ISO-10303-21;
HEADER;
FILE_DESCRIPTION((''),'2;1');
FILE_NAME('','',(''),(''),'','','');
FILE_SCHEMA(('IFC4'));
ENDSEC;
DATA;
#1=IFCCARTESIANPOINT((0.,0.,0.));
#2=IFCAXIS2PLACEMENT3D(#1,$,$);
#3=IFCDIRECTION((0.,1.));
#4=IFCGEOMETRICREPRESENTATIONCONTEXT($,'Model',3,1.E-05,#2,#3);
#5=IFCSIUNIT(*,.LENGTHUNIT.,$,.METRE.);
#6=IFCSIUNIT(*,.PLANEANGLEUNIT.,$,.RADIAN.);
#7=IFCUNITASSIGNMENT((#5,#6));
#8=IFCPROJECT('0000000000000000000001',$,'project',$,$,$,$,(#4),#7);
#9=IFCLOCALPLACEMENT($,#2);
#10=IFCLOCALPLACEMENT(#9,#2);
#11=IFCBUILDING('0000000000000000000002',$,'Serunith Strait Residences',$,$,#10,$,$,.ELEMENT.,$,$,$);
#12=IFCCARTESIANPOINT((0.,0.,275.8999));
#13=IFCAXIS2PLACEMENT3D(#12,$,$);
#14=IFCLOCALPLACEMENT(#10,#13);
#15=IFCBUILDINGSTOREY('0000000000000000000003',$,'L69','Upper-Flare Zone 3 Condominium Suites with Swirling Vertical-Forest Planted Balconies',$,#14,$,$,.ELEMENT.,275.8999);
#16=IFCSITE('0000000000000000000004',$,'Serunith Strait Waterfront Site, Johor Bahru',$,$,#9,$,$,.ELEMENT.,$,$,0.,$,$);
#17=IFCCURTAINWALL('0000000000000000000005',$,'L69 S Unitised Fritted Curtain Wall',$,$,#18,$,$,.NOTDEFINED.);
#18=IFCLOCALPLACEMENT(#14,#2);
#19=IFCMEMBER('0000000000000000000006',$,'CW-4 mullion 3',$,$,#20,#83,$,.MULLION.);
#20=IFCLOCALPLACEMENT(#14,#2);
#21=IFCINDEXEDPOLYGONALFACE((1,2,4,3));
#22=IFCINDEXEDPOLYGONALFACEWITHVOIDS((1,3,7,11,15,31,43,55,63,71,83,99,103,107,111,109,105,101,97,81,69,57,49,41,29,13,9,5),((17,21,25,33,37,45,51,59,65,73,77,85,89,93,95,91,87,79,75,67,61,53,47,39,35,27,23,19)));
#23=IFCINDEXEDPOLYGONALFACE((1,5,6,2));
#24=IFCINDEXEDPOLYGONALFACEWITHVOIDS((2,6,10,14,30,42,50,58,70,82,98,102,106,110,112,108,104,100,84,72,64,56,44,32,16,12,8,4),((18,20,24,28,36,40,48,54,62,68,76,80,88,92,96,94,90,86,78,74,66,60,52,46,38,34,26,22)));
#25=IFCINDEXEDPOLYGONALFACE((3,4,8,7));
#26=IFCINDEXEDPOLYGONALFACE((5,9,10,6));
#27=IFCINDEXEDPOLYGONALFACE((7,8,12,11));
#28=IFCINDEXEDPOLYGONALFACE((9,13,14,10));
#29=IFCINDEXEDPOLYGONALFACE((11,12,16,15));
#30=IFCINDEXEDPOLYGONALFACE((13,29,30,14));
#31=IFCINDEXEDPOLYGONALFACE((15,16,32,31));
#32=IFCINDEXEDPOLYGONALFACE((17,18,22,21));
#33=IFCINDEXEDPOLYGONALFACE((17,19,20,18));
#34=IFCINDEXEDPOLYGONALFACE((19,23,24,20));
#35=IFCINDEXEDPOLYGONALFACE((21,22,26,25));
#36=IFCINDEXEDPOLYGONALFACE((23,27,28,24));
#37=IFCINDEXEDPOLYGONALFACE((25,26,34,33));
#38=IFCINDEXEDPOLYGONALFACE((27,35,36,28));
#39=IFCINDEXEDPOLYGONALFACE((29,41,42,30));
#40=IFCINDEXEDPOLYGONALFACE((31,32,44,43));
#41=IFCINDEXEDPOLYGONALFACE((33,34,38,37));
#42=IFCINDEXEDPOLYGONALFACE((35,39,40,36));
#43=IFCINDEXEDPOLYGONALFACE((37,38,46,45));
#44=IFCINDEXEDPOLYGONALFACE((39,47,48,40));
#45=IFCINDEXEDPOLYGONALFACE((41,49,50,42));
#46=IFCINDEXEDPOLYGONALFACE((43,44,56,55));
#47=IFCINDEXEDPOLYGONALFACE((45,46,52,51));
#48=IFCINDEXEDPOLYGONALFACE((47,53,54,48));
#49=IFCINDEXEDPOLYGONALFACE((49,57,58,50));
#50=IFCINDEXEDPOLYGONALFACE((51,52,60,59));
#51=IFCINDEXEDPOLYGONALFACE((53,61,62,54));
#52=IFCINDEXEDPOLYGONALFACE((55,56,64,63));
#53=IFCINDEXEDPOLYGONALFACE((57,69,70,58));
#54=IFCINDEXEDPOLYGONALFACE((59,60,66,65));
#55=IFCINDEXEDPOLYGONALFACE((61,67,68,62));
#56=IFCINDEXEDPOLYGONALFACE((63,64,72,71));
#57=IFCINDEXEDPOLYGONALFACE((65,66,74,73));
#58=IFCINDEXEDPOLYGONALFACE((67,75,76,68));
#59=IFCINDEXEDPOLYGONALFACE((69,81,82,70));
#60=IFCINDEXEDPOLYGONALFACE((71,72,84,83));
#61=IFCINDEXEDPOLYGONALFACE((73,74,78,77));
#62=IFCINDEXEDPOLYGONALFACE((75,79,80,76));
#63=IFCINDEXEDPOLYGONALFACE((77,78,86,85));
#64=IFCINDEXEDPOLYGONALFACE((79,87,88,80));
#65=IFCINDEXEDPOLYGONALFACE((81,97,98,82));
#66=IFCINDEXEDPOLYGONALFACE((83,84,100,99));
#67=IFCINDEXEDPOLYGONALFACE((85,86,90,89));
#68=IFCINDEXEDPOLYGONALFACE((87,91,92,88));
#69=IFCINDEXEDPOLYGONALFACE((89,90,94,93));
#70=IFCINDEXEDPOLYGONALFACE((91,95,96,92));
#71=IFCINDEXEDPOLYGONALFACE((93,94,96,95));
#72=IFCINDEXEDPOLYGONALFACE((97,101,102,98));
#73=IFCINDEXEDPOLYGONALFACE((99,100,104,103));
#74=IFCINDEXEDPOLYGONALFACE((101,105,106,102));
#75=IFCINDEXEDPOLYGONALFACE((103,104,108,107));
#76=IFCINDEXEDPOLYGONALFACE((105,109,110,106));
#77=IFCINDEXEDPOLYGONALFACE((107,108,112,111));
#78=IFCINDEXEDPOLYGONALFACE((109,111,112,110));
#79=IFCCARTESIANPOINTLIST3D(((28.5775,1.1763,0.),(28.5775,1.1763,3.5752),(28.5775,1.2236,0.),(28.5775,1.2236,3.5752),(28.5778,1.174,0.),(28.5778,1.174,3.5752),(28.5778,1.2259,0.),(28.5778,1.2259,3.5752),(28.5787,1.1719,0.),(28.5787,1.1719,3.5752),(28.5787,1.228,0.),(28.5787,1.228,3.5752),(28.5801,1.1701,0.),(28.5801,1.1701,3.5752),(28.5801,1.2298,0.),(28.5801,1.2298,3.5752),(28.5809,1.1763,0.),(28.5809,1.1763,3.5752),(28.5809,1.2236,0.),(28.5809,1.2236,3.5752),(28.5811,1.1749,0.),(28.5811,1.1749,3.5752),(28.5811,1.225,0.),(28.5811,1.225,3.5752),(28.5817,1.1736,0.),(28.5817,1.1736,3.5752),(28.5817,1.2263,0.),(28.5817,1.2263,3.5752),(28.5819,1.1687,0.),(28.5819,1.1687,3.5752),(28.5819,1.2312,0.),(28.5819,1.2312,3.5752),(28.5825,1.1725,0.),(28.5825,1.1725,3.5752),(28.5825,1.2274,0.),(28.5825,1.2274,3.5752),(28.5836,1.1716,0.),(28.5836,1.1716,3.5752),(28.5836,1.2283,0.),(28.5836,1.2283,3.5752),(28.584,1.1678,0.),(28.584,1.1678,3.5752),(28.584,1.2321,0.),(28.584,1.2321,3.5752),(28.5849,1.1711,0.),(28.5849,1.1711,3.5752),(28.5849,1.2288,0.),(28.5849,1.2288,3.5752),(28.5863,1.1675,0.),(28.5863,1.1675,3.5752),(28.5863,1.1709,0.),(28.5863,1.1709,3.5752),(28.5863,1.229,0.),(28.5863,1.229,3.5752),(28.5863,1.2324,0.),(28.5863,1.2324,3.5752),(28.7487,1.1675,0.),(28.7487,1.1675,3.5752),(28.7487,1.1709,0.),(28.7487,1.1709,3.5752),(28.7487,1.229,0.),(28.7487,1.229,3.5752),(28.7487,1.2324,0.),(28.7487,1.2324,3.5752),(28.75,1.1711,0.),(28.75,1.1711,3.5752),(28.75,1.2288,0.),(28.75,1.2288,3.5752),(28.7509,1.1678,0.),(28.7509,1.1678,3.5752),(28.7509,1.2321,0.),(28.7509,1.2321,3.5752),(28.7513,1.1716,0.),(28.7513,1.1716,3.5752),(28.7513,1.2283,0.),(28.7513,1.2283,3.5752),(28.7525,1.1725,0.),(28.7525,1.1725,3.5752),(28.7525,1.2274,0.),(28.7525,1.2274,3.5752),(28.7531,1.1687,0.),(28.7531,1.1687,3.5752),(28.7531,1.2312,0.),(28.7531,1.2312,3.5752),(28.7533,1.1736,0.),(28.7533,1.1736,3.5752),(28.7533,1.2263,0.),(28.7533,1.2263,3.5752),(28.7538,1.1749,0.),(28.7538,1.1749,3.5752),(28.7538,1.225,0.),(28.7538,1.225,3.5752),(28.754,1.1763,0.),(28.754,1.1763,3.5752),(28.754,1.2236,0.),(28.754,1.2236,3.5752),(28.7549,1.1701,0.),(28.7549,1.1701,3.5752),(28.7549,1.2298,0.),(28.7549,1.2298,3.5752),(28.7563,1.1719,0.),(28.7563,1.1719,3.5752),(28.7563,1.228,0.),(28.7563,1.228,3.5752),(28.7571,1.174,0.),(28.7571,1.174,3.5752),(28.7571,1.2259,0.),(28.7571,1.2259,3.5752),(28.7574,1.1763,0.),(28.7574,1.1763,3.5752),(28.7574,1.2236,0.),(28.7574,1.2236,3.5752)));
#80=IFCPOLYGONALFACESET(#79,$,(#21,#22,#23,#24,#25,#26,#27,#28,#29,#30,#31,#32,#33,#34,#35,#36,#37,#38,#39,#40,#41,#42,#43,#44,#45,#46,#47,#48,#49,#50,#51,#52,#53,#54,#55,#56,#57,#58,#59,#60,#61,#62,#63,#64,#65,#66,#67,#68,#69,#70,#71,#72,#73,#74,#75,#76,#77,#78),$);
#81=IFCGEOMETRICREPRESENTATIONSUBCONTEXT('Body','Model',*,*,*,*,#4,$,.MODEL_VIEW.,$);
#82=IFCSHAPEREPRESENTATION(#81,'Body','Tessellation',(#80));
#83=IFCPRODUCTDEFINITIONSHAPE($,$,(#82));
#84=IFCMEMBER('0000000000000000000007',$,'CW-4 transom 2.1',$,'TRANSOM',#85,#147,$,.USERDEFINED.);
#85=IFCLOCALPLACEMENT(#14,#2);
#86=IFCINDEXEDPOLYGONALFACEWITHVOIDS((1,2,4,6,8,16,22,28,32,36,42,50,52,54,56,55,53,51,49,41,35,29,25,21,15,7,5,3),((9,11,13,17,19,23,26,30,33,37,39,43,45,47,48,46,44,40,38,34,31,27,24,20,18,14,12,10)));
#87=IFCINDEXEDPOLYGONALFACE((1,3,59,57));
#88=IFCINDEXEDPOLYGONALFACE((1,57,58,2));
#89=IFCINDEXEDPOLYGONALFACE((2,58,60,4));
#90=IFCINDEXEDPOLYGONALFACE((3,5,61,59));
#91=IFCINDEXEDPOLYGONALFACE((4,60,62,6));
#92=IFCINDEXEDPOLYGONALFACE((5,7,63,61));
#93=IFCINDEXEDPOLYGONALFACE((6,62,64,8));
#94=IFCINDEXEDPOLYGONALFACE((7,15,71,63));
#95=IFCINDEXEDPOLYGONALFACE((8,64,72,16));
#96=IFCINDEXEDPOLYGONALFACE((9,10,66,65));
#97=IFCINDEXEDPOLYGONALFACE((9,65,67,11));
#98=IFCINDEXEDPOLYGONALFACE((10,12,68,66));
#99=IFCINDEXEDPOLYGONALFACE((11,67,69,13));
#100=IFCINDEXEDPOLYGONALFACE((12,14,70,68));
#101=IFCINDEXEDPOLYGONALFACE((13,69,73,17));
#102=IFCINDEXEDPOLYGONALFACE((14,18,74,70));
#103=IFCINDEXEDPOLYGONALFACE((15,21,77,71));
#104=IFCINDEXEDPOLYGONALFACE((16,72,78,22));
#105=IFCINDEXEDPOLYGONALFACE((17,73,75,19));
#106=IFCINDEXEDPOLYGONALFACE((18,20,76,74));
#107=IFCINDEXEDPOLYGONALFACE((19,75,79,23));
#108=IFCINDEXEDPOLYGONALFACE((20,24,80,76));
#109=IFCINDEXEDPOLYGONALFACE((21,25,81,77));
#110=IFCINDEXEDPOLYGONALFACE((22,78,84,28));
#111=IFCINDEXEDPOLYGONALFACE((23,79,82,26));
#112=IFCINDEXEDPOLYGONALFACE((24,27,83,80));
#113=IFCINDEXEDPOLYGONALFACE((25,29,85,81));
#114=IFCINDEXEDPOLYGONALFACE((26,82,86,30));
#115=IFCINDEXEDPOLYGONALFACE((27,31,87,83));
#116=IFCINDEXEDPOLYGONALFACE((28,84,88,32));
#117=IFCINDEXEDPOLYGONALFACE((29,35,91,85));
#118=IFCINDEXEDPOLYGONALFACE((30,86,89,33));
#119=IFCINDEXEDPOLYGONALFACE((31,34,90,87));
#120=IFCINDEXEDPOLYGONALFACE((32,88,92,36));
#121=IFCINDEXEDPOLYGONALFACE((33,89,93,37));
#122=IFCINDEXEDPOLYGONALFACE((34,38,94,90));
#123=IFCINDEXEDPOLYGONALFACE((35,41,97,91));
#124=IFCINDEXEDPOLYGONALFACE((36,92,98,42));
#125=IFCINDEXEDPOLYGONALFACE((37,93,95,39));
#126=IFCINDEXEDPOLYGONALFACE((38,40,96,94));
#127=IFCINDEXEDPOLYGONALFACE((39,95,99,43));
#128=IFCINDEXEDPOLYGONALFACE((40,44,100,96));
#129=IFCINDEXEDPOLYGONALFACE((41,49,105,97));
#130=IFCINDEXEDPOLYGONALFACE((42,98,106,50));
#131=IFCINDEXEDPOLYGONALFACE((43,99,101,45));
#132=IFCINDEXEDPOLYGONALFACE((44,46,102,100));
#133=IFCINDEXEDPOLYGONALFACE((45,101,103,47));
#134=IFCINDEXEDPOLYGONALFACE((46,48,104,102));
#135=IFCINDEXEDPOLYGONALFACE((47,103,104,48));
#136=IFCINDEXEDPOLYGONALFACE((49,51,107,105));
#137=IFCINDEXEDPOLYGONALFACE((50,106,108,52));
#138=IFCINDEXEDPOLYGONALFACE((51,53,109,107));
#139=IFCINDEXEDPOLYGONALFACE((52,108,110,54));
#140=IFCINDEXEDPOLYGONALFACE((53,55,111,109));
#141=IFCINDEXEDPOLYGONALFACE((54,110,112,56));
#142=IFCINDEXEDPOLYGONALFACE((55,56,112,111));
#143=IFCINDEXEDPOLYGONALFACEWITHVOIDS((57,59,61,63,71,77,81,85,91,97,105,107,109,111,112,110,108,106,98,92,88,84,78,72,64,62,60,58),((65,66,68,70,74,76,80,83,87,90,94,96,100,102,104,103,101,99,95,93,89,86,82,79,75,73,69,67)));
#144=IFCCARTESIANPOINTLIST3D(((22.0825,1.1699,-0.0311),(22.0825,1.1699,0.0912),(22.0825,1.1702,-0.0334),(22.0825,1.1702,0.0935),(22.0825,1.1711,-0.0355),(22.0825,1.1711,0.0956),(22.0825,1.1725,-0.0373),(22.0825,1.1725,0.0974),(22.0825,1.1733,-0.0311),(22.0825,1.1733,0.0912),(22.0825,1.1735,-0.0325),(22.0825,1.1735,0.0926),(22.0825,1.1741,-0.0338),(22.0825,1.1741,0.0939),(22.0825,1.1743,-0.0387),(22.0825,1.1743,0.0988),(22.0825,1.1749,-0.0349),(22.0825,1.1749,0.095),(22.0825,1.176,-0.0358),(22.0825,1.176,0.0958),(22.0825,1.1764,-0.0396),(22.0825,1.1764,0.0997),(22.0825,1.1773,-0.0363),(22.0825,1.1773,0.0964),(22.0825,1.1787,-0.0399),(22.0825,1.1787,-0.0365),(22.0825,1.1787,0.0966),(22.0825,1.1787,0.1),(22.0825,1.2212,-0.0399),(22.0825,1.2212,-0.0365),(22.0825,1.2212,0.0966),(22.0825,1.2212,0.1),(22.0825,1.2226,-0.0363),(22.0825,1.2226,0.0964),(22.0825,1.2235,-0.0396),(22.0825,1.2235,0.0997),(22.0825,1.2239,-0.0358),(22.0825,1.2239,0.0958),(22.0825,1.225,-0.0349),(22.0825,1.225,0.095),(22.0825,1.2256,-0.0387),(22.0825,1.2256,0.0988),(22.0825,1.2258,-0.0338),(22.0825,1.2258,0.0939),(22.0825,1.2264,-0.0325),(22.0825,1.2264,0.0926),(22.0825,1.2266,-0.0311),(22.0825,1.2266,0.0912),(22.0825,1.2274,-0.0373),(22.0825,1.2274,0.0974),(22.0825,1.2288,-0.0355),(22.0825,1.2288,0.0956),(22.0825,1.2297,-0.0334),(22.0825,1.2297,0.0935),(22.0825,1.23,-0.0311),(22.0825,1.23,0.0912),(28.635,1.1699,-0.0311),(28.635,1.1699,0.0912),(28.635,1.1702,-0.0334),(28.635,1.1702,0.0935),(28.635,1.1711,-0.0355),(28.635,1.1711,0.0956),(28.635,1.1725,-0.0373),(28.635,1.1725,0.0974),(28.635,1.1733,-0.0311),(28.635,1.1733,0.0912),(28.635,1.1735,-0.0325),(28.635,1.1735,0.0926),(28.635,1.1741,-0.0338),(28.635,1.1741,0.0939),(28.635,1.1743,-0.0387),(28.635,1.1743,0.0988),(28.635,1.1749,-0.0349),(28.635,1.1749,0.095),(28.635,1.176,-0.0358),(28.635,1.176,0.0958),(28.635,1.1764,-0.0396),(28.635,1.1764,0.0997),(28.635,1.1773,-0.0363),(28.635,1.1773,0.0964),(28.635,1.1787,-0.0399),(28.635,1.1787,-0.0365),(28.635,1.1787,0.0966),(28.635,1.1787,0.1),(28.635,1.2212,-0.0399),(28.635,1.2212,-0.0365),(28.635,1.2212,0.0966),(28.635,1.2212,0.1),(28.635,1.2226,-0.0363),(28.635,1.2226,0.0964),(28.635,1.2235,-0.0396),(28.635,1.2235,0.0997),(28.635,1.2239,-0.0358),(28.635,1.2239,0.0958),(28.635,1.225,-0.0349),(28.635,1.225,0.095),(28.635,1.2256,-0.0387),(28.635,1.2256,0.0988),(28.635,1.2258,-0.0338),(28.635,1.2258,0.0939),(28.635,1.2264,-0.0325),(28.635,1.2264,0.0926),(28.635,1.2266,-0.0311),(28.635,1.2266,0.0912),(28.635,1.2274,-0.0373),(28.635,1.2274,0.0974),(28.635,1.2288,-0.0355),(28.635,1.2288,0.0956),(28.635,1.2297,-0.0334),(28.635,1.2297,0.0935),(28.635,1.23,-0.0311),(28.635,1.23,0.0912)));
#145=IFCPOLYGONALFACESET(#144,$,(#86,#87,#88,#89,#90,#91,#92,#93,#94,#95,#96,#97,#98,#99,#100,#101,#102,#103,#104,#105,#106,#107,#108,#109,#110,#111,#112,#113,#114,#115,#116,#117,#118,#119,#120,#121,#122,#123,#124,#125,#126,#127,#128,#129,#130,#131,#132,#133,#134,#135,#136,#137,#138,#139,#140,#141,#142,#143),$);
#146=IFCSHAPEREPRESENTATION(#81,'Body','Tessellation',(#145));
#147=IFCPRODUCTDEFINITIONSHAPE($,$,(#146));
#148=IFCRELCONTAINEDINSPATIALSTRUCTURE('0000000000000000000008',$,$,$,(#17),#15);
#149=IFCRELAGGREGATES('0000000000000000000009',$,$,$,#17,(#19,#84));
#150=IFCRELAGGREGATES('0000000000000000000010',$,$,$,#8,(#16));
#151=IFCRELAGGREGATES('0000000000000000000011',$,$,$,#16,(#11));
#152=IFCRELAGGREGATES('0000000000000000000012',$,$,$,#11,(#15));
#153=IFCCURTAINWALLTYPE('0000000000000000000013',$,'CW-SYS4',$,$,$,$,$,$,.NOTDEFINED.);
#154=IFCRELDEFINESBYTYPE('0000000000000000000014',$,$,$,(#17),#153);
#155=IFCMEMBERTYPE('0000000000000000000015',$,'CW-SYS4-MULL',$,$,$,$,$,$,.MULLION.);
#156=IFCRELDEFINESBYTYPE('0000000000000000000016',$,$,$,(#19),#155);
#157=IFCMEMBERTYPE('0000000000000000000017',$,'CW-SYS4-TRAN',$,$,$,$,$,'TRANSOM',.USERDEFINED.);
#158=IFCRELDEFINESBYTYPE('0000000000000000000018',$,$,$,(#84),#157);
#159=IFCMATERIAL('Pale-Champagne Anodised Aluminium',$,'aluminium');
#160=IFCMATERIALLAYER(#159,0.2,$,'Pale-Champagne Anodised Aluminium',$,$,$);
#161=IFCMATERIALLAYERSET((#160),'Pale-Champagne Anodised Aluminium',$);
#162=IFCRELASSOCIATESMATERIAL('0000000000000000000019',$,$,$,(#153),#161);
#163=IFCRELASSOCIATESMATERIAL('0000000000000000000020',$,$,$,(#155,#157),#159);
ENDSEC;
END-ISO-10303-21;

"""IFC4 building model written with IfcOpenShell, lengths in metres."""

from ifc_helpers import new_model, si_unit, direction, frame, origin, origin_2d, place, context, subcontext, project, spatial, hollow_rectangle, extrude, source, transform, mapped, material, layer, layer_set, material_profile, profile_set, type_object, element, aggregate, save


model = new_model("IFC4")

# Units and contexts
model_context = context("Model", 3, precision=1e-05, world=origin(), true_north=direction((0.0, 1.0)))
body_context = subcontext(model_context, "Body", "Model", "MODEL_VIEW")
ifc_project = project(units=[si_unit("LENGTHUNIT", "METRE"), si_unit("PLANEANGLEUNIT", "RADIAN")], contexts=[model_context])

# Site, building, storey
site_placement = place(None, origin())
site = spatial("IfcSite", under=ifc_project, at=site_placement, Name="Serunith Strait Waterfront Site, Johor Bahru", CompositionType="ELEMENT", RefElevation=0.0)
building_placement = place(site_placement, origin())
building = spatial("IfcBuilding", under=site, at=building_placement, Name="Serunith Strait Residences", CompositionType="ELEMENT")
storey_placement = place(building_placement, frame((0.0, 0.0, 275.8999)))
storey = spatial("IfcBuildingStorey", under=building, at=storey_placement, Name="L69", Description="Upper-Flare Zone 3 Condominium Suites with Swirling Vertical-Forest Planted Balconies", CompositionType="ELEMENT", Elevation=275.8999)

# Curtain wall, members
ifc_material_1 = material(Name="Pale-Champagne Anodised Aluminium", Category="aluminium")
ifc_layer_1 = layer(ifc_material_1, 0.2, Name="Pale-Champagne Anodised Aluminium")
ifc_layer_set_1 = layer_set([ifc_layer_1], Name="Pale-Champagne Anodised Aluminium")
curtain_wall_type = type_object("IfcCurtainWallType", Name="CW-SYS4", PredefinedType="NOTDEFINED", material=ifc_layer_set_1)
curtain_wall_placement = place(storey_placement, origin())
curtain_wall = element("IfcCurtainWall", 1, at=curtain_wall_placement, inside=storey, type_object=curtain_wall_type, Name="L69 S Unitised Fritted Curtain Wall", PredefinedType="NOTDEFINED")
ifc_material_profile_1 = material_profile(ifc_material_1, hollow_rectangle(XDim=0.0649, YDim=0.1799, WallThickness=0.0034, InnerFilletRadius=0.0054, OuterFilletRadius=0.0088, at=origin_2d()), Name="ALU 180x65x3.5")
ifc_profile_set_1 = profile_set([ifc_material_profile_1], Name="Pale-Champagne Anodised Aluminium")
member_type_1 = type_object("IfcMemberType", Name="CW-SYS4-MULL", PredefinedType="MULLION", material=ifc_profile_set_1)
shared_shape_1 = source(origin(), body_context, "Body", "SweptSolid", [
    extrude(hollow_rectangle(XDim=0.0649, YDim=0.1799, WallThickness=0.0034, InnerFilletRadius=0.0054, OuterFilletRadius=0.0088, at=origin_2d()), origin(), (0.0, 0.0, 1.0), 3.5752),
])
member_1_placement = place(storey_placement, frame((28.6675, 1.2, 0.0), z_axis=(0.0, 0.0, 1.0), x_axis=(0.0, 1.0, 0.0)))
member_1 = element("IfcMember", 2, at=member_1_placement, type_object=member_type_1, Name="CW-4 mullion 3", PredefinedType="MULLION", context=body_context, shape_type="MappedRepresentation", body=[
    mapped(shared_shape_1, transform((0.0, 0.0, 0.0), scale=1.0)),
])
ifc_material_profile_2 = material_profile(ifc_material_1, hollow_rectangle(XDim=0.0601, YDim=0.1399, WallThickness=0.0034, InnerFilletRadius=0.0054, OuterFilletRadius=0.0088, at=origin_2d()), Name="ALU 140x60x3.5")
ifc_profile_set_2 = profile_set([ifc_material_profile_2], Name="Pale-Champagne Anodised Aluminium")
member_type_2 = type_object("IfcMemberType", Name="CW-SYS4-TRAN", ElementType="TRANSOM", PredefinedType="USERDEFINED", material=ifc_profile_set_2)
shared_shape_2 = source(origin(), body_context, "Body", "SweptSolid", [
    extrude(hollow_rectangle(XDim=0.0601, YDim=0.1399, WallThickness=0.0034, InnerFilletRadius=0.0054, OuterFilletRadius=0.0088, at=origin_2d()), origin(), (0.0, 0.0, 1.0), 6.5525),
])
member_2_placement = place(storey_placement, frame((22.0825, 1.2, 0.03), z_axis=(1.0, 0.0, 0.0), x_axis=(0.0, 1.0, 0.0)))
member_2 = element("IfcMember", 3, at=member_2_placement, type_object=member_type_2, Name="CW-4 transom 2.1", ObjectType="TRANSOM", PredefinedType="USERDEFINED", context=body_context, shape_type="MappedRepresentation", body=[
    mapped(shared_shape_2, transform((0.0, 0.0, 0.0), scale=1.0)),
])
aggregate(curtain_wall, [member_1, member_2])

save(model, "model.ifc")
